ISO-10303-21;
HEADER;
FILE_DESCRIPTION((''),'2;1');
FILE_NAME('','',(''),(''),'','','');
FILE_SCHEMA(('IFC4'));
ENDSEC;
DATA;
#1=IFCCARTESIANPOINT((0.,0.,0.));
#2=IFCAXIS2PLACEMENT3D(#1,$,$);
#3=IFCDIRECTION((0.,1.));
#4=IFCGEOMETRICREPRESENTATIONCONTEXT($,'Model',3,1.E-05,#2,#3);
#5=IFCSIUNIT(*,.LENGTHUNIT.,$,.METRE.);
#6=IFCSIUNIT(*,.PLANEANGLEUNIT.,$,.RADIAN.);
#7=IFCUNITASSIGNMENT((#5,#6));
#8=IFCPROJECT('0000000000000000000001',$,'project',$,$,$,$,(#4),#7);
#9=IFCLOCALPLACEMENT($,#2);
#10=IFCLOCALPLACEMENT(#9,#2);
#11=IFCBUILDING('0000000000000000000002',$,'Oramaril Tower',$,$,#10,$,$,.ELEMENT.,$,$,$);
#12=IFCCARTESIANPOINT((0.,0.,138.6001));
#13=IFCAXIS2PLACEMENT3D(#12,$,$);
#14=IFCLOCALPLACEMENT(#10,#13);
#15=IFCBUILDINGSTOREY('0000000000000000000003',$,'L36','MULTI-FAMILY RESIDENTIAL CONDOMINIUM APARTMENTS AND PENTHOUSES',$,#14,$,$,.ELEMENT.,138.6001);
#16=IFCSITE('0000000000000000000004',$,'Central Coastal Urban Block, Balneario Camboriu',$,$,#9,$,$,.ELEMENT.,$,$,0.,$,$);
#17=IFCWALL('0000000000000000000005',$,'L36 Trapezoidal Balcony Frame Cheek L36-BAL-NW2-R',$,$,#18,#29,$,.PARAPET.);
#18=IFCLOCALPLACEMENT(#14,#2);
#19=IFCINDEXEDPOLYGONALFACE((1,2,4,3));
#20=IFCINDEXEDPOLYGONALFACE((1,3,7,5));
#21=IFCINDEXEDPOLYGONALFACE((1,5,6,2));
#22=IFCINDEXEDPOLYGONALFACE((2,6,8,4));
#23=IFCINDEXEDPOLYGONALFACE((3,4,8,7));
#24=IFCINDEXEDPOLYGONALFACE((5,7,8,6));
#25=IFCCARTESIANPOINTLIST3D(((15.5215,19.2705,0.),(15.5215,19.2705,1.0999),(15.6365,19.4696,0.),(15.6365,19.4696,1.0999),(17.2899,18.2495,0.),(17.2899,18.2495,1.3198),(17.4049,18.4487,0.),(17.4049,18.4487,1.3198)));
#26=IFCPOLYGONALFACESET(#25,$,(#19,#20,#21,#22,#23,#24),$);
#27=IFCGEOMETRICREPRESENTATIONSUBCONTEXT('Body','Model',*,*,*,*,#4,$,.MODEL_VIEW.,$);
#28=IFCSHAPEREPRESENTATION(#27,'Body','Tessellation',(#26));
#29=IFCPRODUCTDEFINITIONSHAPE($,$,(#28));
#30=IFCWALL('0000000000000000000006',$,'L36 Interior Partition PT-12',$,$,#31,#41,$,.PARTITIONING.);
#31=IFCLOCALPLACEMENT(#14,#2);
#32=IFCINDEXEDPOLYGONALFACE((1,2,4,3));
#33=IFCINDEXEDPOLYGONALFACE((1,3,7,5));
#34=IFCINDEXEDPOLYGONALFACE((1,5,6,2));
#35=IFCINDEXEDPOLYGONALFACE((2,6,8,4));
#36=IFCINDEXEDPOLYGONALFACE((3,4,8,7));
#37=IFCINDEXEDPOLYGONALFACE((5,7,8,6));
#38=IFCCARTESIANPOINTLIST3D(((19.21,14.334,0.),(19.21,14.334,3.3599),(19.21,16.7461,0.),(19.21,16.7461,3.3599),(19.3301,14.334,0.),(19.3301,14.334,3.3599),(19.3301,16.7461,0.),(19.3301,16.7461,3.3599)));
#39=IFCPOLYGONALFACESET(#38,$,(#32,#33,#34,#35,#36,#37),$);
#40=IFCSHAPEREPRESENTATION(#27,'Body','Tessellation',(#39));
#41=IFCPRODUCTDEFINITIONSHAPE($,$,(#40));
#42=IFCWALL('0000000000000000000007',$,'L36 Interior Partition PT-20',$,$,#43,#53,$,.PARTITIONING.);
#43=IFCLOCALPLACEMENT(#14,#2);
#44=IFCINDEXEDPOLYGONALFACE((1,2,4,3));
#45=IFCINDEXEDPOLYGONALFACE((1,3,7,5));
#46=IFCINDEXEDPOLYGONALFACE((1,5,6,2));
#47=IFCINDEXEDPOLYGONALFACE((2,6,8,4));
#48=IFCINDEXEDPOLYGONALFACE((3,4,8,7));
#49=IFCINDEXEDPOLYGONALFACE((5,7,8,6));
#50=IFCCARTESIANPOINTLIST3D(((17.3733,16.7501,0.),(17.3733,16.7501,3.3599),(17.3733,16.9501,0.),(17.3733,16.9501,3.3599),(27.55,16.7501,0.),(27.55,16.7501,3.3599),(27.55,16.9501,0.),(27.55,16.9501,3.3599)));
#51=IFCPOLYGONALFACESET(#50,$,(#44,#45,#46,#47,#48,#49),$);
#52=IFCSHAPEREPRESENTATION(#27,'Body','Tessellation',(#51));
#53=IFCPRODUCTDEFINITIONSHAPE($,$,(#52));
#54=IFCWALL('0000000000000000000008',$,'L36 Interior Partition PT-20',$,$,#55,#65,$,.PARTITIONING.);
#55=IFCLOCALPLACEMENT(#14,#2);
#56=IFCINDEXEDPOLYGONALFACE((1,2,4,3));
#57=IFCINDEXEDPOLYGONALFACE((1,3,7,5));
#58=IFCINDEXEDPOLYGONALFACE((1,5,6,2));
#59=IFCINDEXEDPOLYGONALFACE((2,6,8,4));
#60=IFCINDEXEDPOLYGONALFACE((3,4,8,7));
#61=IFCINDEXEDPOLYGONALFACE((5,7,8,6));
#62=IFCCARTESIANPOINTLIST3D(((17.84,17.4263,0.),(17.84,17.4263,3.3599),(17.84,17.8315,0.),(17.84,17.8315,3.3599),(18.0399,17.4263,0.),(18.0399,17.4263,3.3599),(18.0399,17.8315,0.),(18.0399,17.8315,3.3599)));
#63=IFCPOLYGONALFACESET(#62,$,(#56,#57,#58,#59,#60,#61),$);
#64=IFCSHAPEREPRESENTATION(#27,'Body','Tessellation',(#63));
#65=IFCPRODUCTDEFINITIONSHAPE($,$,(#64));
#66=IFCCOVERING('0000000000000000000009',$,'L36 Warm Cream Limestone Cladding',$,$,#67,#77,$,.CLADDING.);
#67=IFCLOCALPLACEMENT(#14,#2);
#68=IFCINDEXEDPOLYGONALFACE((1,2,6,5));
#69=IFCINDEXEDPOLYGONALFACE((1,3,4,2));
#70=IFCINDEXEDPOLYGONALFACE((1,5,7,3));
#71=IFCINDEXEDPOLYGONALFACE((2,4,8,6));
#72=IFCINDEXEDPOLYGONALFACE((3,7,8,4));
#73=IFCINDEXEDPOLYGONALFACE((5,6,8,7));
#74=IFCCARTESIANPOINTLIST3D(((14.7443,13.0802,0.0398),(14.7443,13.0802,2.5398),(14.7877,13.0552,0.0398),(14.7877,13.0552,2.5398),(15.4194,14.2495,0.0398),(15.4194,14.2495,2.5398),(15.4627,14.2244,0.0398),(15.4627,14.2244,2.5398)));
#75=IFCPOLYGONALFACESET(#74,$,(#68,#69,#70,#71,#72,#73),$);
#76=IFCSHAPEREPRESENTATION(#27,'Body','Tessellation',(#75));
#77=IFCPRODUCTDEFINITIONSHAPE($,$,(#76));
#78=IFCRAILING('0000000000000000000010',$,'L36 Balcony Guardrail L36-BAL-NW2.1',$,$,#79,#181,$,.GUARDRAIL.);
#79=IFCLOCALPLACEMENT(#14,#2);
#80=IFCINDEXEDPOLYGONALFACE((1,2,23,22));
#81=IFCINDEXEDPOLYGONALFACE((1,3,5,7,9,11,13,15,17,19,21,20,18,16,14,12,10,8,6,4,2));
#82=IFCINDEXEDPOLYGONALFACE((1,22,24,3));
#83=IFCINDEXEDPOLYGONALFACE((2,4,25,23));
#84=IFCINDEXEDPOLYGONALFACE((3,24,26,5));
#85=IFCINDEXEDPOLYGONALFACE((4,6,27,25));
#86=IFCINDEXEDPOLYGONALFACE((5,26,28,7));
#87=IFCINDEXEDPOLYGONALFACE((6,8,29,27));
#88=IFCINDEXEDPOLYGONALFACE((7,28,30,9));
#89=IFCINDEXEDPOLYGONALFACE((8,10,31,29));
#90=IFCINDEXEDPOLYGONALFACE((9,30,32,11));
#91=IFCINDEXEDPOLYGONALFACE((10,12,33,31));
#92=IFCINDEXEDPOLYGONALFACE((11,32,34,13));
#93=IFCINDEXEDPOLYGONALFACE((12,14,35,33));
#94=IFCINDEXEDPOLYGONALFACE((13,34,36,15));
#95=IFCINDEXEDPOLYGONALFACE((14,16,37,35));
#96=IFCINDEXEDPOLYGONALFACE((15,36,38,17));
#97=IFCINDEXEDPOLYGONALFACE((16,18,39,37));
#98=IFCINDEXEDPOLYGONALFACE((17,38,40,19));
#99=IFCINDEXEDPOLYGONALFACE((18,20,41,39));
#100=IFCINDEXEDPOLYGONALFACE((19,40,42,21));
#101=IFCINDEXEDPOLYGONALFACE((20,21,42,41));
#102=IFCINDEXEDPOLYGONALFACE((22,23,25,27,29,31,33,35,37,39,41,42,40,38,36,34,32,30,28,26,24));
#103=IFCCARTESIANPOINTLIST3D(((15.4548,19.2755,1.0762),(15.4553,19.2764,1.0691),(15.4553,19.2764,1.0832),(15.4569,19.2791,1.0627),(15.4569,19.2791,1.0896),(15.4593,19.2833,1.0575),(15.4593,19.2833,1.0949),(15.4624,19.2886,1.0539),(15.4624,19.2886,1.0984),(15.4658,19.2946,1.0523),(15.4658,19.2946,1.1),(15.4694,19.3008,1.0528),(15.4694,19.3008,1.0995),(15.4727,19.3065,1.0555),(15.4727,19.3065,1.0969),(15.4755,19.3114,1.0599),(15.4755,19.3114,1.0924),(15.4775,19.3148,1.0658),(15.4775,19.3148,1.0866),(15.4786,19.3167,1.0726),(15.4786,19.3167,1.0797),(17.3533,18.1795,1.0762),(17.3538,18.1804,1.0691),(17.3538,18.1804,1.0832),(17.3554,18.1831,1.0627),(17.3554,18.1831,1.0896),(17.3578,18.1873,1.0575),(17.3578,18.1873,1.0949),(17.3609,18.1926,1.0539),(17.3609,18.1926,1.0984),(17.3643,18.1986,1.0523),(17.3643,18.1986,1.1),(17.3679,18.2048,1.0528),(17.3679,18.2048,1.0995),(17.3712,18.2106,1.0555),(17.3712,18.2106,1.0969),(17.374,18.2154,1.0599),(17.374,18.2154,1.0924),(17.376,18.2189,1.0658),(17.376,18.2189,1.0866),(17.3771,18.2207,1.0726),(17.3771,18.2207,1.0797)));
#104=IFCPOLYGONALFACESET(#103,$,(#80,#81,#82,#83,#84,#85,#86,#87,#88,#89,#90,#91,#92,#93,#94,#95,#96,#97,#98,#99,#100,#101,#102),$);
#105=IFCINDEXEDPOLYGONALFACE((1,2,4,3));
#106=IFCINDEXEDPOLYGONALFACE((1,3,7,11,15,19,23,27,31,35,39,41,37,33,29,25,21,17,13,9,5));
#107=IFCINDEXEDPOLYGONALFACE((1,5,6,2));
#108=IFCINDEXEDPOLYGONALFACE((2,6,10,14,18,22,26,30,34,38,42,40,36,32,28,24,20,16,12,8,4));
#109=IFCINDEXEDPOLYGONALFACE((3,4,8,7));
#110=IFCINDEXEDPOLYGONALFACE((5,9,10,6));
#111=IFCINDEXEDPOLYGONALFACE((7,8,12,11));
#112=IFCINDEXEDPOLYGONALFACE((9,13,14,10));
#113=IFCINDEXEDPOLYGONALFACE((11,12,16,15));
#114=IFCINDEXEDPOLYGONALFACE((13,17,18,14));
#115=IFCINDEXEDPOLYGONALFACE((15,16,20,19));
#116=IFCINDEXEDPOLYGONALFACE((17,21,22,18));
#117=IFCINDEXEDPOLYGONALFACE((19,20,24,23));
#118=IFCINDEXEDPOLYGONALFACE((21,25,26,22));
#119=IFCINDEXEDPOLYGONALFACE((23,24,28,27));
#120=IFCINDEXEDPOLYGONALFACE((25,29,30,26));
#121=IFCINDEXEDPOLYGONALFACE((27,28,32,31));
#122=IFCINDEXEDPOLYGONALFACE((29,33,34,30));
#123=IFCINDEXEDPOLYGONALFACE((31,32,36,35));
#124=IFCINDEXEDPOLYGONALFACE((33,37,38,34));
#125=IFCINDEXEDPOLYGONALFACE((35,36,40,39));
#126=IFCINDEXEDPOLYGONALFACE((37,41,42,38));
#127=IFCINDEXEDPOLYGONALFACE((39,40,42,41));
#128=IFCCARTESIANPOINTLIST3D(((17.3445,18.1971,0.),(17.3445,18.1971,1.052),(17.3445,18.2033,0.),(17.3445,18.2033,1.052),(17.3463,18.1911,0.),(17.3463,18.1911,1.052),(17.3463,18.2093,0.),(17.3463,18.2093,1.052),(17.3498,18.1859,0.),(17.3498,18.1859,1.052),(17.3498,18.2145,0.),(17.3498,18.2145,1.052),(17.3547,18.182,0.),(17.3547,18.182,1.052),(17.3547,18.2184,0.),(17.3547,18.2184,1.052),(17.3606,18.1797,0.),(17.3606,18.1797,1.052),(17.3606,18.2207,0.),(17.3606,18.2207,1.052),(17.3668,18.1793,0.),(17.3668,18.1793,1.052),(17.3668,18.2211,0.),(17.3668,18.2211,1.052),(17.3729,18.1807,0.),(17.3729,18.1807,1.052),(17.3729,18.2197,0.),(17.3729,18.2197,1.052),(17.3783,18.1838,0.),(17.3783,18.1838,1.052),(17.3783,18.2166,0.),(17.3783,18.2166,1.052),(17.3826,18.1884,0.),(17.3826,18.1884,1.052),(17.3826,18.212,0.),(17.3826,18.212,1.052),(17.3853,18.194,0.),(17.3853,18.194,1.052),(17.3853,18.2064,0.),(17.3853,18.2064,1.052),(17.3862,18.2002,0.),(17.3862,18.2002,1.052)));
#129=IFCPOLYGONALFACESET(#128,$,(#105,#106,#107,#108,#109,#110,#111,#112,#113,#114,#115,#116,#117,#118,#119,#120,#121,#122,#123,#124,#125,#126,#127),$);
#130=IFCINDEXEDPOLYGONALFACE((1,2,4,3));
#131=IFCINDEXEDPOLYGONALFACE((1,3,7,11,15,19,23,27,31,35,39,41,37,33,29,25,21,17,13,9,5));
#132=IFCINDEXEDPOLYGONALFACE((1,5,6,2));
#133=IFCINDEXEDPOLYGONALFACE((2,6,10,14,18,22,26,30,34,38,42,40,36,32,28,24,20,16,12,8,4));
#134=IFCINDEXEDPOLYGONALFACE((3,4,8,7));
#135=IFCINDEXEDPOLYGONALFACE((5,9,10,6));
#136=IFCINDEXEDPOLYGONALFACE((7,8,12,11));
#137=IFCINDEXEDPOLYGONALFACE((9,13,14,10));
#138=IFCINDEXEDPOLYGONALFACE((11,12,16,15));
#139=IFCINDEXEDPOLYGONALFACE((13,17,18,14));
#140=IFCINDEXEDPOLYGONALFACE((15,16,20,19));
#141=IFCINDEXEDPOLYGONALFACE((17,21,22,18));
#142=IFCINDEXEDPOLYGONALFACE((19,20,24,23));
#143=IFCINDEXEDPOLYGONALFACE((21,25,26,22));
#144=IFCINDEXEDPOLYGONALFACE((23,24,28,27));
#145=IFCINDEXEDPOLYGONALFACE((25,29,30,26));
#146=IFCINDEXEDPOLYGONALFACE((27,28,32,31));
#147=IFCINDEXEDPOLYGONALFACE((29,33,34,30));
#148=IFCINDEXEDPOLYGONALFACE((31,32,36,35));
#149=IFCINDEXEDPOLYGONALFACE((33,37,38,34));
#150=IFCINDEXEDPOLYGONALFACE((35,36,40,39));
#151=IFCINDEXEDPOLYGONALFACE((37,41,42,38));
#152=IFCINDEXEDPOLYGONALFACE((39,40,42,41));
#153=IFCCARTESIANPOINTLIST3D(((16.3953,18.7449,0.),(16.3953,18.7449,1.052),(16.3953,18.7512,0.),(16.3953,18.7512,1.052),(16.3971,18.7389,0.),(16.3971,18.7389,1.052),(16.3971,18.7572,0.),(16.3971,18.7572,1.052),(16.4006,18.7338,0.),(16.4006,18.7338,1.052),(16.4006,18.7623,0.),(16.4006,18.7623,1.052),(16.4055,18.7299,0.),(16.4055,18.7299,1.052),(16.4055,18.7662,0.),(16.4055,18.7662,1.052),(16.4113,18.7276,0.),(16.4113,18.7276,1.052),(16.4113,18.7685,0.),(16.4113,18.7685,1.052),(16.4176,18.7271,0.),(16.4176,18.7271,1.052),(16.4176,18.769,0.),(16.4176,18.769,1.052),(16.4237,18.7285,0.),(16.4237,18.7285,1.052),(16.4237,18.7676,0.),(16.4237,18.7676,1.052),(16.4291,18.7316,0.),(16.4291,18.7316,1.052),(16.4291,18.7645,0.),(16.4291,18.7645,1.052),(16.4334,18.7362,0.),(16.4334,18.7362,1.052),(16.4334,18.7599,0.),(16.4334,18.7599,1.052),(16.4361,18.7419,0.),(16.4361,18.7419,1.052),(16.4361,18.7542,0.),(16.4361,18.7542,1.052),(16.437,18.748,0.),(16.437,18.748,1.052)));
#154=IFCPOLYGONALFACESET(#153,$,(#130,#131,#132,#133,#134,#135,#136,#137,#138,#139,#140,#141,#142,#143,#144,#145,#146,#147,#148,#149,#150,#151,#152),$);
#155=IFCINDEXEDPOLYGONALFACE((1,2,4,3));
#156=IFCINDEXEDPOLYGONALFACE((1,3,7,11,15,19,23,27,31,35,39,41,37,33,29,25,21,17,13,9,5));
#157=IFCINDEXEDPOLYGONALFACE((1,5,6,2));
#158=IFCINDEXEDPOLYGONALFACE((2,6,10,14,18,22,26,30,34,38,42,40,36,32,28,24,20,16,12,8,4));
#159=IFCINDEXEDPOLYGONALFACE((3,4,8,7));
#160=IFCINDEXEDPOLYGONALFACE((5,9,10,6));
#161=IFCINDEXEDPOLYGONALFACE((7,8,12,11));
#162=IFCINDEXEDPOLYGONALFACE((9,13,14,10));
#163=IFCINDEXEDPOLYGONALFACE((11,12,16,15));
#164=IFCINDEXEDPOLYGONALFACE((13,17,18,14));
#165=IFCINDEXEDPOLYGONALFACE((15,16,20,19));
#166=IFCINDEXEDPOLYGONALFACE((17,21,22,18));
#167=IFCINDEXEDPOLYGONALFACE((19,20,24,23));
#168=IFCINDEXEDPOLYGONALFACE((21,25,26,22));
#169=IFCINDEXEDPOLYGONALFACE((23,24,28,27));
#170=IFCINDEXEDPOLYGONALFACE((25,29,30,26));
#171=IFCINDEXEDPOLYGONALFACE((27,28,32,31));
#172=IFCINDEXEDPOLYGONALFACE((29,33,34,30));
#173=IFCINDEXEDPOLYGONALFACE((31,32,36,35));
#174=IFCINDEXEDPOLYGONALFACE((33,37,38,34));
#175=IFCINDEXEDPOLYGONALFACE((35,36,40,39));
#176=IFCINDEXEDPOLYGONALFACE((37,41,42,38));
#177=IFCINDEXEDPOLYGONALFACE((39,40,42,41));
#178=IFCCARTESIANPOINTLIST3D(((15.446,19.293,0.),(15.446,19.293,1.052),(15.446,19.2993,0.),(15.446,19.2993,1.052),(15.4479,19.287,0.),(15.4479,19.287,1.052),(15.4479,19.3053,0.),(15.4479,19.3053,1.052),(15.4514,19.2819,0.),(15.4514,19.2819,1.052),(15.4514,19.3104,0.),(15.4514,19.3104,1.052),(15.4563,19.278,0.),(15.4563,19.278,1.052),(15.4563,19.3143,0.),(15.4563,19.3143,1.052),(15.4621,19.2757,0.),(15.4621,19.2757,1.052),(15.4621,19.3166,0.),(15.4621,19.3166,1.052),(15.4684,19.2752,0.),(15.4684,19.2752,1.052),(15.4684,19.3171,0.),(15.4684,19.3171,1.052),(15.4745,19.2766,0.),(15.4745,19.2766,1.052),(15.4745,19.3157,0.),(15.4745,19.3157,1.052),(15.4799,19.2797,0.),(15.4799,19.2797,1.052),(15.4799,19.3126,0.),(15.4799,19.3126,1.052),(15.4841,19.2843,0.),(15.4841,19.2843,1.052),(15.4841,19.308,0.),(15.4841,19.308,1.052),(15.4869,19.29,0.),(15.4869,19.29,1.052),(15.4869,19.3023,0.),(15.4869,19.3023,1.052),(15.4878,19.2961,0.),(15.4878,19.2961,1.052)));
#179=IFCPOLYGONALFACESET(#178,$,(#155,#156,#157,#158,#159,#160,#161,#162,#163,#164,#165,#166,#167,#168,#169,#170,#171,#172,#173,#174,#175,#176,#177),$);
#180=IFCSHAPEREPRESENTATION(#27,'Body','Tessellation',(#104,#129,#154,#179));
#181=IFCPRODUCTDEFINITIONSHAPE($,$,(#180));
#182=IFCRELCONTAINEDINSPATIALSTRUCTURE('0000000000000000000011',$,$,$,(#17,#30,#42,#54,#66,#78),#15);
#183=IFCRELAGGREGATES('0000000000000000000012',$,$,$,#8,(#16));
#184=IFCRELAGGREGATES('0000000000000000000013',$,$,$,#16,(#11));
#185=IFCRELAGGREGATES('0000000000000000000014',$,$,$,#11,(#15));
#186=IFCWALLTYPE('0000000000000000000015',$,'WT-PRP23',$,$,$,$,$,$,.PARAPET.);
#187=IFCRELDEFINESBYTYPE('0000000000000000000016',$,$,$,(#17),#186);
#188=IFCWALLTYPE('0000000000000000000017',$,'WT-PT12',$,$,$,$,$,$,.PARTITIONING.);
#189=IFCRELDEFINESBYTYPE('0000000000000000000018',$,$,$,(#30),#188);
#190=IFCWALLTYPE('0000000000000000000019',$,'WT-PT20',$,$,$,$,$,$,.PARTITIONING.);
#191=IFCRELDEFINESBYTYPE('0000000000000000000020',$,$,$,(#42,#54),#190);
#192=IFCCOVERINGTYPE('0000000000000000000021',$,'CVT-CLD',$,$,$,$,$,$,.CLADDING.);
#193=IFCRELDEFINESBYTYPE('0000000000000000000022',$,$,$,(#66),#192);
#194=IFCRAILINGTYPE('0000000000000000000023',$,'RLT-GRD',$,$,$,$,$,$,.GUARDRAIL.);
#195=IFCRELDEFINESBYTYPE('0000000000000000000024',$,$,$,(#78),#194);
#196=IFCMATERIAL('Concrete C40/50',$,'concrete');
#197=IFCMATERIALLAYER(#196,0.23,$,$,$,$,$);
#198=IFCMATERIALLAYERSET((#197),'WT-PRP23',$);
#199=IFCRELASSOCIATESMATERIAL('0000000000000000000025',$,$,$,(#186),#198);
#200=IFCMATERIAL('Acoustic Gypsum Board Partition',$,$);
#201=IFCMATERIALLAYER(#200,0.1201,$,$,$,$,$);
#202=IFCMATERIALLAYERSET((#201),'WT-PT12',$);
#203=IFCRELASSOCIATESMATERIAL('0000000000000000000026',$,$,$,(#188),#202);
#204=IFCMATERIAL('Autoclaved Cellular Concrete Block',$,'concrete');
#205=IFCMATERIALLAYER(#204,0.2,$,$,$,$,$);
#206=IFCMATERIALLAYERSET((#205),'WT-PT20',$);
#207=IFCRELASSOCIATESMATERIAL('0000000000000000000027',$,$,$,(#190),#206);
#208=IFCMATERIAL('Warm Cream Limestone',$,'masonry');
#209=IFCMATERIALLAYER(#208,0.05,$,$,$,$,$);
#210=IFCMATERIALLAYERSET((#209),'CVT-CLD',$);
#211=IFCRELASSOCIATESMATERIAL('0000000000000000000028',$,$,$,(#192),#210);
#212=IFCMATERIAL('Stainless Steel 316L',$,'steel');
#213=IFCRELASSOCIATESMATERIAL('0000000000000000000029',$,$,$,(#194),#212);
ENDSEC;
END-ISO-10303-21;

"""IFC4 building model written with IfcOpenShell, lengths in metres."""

from ifc_helpers import new_model, si_unit, direction, frame, frame_2d, origin, origin_2d, place, context, subcontext, project, spatial, polyline, rectangle, circle, outline, extrude, material, layer, layer_set, type_object, element, save


model = new_model("IFC4")

# Units and contexts
model_context = context("Model", 3, precision=1e-05, world=origin(), true_north=direction((0.0, 1.0)))
body_context = subcontext(model_context, "Body", "Model", "MODEL_VIEW")
ifc_project = project(units=[si_unit("LENGTHUNIT", "METRE"), si_unit("PLANEANGLEUNIT", "RADIAN")], contexts=[model_context])

# Site, building, storey
site_placement = place(None, origin())
site = spatial("IfcSite", under=ifc_project, at=site_placement, Name="Central Coastal Urban Block, Balneario Camboriu", CompositionType="ELEMENT", RefElevation=0.0)
building_placement = place(site_placement, origin())
building = spatial("IfcBuilding", under=site, at=building_placement, Name="Oramaril Tower", CompositionType="ELEMENT")
storey_placement = place(building_placement, frame((0.0, 0.0, 138.6001)))
storey = spatial("IfcBuildingStorey", under=building, at=storey_placement, Name="L36", Description="MULTI-FAMILY RESIDENTIAL CONDOMINIUM APARTMENTS AND PENTHOUSES", CompositionType="ELEMENT", Elevation=138.6001)

# Walls
ifc_material_1 = material(Name="Concrete C40/50", Category="concrete")
ifc_layer_1 = layer(ifc_material_1, 0.23)
ifc_layer_set_1 = layer_set([ifc_layer_1], Name="WT-PRP23")
wall_type_1 = type_object("IfcWallType", Name="WT-PRP23", PredefinedType="PARAPET", material=ifc_layer_set_1)
wall_1_placement = place(storey_placement, frame((17.3474, 18.3491, 0.0), z_axis=(0.0, 0.0, 1.0), x_axis=(-0.866042, 0.499971, 0.0)))
element("IfcWall", 1, at=wall_1_placement, inside=storey, type_object=wall_type_1, Name="L36 Trapezoidal Balcony Frame Cheek L36-BAL-NW2-R", PredefinedType="PARAPET", context=body_context, shape_type="SweptSolid", body=[
    extrude(outline(polyline([(0.0, 0.0), (2.042, 0.0), (2.042, 1.0999), (0.0, 1.3198), (0.0, 0.0)])), frame((0.0, 0.115, 0.0), z_axis=(0.0, -1.0, 0.0), x_axis=(1.0, 0.0, 0.0)), (0.0, 0.0, 1.0), 0.23),
])
ifc_material_2 = material(Name="Acoustic Gypsum Board Partition")
ifc_layer_2 = layer(ifc_material_2, 0.1201)
ifc_layer_set_2 = layer_set([ifc_layer_2], Name="WT-PT12")
wall_type_2 = type_object("IfcWallType", Name="WT-PT12", PredefinedType="PARTITIONING", material=ifc_layer_set_2)
wall_2_placement = place(storey_placement, frame((19.27, 14.334, 0.0), z_axis=(0.0, 0.0, 1.0), x_axis=(0.0, 1.0, 0.0)))
element("IfcWall", 2, at=wall_2_placement, inside=storey, type_object=wall_type_2, Name="L36 Interior Partition PT-12", PredefinedType="PARTITIONING", context=body_context, shape_type="SweptSolid", body=[
    extrude(rectangle(XDim=2.4121, YDim=0.1201, at=frame_2d((1.2061, 0.0))), origin(), (0.0, 0.0, 1.0), 3.3599),
])

# Wall
ifc_material_3 = material(Name="Autoclaved Cellular Concrete Block", Category="concrete")
ifc_layer_3 = layer(ifc_material_3, 0.2)
ifc_layer_set_3 = layer_set([ifc_layer_3], Name="WT-PT20")
wall_type_3 = type_object("IfcWallType", Name="WT-PT20", PredefinedType="PARTITIONING", material=ifc_layer_set_3)
wall_3_placement = place(storey_placement, frame((17.3733, 16.8501, 0.0), z_axis=(0.0, 0.0, 1.0), x_axis=(1.0, 0.0, 0.0)))
element("IfcWall", 3, at=wall_3_placement, inside=storey, type_object=wall_type_3, Name="L36 Interior Partition PT-20", PredefinedType="PARTITIONING", context=body_context, shape_type="SweptSolid", body=[
    extrude(rectangle(XDim=10.1768, YDim=0.2, at=frame_2d((5.0884, 0.0))), origin(), (0.0, 0.0, 1.0), 3.3599),
])

# Wall
wall_4_placement = place(storey_placement, frame((17.9399, 17.4263, 0.0), z_axis=(0.0, 0.0, 1.0), x_axis=(0.0, 1.0, 0.0)))
element("IfcWall", 4, at=wall_4_placement, inside=storey, type_object=wall_type_3, Name="L36 Interior Partition PT-20", PredefinedType="PARTITIONING", context=body_context, shape_type="SweptSolid", body=[
    extrude(rectangle(XDim=0.4053, YDim=0.2, at=frame_2d((0.2026, 0.0))), origin(), (0.0, 0.0, 1.0), 3.3599),
])

# Covering
ifc_material_4 = material(Name="Warm Cream Limestone", Category="masonry")
ifc_layer_4 = layer(ifc_material_4, 0.05)
ifc_layer_set_4 = layer_set([ifc_layer_4], Name="CVT-CLD")
covering_type = type_object("IfcCoveringType", Name="CVT-CLD", PredefinedType="CLADDING", material=ifc_layer_set_4)
covering_placement = place(storey_placement, frame((15.1035, 13.6523, 0.0398), z_axis=(0.0, 0.0, 1.0), x_axis=(-0.5, -0.866025, 0.0)))
element("IfcCovering", 5, at=covering_placement, inside=storey, type_object=covering_type, Name="L36 Warm Cream Limestone Cladding", PredefinedType="CLADDING", context=body_context, shape_type="SweptSolid", body=[
    extrude(rectangle(XDim=1.3501, YDim=0.05, at=origin_2d()), origin(), (0.0, 0.0, 1.0), 2.5),
])

# Railing
ifc_material_5 = material(Name="Stainless Steel 316L", Category="steel")
railing_type = type_object("IfcRailingType", Name="RLT-GRD", PredefinedType="GUARDRAIL", material=ifc_material_5)
railing_1_placement = place(storey_placement, frame((17.3652, 18.2002, 0.0)))
element("IfcRailing", 6, at=railing_1_placement, inside=storey, type_object=railing_type, Name="L36 Balcony Guardrail L36-BAL-NW2.1", PredefinedType="GUARDRAIL", context=body_context, shape_type="SweptSolid", body=[
    extrude(circle(Radius=0.0239, at=origin_2d()), frame((0.0, 0.0, 1.0762), z_axis=(-0.866048, 0.49996, 0.0), x_axis=(-0.49996, -0.866048, 0.0)), (0.0, 0.0, 1.0), 2.1921),
    extrude(circle(Radius=0.021, at=origin_2d()), origin(), (0.0, 0.0, 1.0), 1.052),
    extrude(circle(Radius=0.021, at=origin_2d()), frame((-0.9492, 0.5479, 0.0)), (0.0, 0.0, 1.0), 1.052),
    extrude(circle(Radius=0.021, at=origin_2d()), frame((-1.8984, 1.0959, 0.0)), (0.0, 0.0, 1.0), 1.052),
])

save(model, "model.ifc")
